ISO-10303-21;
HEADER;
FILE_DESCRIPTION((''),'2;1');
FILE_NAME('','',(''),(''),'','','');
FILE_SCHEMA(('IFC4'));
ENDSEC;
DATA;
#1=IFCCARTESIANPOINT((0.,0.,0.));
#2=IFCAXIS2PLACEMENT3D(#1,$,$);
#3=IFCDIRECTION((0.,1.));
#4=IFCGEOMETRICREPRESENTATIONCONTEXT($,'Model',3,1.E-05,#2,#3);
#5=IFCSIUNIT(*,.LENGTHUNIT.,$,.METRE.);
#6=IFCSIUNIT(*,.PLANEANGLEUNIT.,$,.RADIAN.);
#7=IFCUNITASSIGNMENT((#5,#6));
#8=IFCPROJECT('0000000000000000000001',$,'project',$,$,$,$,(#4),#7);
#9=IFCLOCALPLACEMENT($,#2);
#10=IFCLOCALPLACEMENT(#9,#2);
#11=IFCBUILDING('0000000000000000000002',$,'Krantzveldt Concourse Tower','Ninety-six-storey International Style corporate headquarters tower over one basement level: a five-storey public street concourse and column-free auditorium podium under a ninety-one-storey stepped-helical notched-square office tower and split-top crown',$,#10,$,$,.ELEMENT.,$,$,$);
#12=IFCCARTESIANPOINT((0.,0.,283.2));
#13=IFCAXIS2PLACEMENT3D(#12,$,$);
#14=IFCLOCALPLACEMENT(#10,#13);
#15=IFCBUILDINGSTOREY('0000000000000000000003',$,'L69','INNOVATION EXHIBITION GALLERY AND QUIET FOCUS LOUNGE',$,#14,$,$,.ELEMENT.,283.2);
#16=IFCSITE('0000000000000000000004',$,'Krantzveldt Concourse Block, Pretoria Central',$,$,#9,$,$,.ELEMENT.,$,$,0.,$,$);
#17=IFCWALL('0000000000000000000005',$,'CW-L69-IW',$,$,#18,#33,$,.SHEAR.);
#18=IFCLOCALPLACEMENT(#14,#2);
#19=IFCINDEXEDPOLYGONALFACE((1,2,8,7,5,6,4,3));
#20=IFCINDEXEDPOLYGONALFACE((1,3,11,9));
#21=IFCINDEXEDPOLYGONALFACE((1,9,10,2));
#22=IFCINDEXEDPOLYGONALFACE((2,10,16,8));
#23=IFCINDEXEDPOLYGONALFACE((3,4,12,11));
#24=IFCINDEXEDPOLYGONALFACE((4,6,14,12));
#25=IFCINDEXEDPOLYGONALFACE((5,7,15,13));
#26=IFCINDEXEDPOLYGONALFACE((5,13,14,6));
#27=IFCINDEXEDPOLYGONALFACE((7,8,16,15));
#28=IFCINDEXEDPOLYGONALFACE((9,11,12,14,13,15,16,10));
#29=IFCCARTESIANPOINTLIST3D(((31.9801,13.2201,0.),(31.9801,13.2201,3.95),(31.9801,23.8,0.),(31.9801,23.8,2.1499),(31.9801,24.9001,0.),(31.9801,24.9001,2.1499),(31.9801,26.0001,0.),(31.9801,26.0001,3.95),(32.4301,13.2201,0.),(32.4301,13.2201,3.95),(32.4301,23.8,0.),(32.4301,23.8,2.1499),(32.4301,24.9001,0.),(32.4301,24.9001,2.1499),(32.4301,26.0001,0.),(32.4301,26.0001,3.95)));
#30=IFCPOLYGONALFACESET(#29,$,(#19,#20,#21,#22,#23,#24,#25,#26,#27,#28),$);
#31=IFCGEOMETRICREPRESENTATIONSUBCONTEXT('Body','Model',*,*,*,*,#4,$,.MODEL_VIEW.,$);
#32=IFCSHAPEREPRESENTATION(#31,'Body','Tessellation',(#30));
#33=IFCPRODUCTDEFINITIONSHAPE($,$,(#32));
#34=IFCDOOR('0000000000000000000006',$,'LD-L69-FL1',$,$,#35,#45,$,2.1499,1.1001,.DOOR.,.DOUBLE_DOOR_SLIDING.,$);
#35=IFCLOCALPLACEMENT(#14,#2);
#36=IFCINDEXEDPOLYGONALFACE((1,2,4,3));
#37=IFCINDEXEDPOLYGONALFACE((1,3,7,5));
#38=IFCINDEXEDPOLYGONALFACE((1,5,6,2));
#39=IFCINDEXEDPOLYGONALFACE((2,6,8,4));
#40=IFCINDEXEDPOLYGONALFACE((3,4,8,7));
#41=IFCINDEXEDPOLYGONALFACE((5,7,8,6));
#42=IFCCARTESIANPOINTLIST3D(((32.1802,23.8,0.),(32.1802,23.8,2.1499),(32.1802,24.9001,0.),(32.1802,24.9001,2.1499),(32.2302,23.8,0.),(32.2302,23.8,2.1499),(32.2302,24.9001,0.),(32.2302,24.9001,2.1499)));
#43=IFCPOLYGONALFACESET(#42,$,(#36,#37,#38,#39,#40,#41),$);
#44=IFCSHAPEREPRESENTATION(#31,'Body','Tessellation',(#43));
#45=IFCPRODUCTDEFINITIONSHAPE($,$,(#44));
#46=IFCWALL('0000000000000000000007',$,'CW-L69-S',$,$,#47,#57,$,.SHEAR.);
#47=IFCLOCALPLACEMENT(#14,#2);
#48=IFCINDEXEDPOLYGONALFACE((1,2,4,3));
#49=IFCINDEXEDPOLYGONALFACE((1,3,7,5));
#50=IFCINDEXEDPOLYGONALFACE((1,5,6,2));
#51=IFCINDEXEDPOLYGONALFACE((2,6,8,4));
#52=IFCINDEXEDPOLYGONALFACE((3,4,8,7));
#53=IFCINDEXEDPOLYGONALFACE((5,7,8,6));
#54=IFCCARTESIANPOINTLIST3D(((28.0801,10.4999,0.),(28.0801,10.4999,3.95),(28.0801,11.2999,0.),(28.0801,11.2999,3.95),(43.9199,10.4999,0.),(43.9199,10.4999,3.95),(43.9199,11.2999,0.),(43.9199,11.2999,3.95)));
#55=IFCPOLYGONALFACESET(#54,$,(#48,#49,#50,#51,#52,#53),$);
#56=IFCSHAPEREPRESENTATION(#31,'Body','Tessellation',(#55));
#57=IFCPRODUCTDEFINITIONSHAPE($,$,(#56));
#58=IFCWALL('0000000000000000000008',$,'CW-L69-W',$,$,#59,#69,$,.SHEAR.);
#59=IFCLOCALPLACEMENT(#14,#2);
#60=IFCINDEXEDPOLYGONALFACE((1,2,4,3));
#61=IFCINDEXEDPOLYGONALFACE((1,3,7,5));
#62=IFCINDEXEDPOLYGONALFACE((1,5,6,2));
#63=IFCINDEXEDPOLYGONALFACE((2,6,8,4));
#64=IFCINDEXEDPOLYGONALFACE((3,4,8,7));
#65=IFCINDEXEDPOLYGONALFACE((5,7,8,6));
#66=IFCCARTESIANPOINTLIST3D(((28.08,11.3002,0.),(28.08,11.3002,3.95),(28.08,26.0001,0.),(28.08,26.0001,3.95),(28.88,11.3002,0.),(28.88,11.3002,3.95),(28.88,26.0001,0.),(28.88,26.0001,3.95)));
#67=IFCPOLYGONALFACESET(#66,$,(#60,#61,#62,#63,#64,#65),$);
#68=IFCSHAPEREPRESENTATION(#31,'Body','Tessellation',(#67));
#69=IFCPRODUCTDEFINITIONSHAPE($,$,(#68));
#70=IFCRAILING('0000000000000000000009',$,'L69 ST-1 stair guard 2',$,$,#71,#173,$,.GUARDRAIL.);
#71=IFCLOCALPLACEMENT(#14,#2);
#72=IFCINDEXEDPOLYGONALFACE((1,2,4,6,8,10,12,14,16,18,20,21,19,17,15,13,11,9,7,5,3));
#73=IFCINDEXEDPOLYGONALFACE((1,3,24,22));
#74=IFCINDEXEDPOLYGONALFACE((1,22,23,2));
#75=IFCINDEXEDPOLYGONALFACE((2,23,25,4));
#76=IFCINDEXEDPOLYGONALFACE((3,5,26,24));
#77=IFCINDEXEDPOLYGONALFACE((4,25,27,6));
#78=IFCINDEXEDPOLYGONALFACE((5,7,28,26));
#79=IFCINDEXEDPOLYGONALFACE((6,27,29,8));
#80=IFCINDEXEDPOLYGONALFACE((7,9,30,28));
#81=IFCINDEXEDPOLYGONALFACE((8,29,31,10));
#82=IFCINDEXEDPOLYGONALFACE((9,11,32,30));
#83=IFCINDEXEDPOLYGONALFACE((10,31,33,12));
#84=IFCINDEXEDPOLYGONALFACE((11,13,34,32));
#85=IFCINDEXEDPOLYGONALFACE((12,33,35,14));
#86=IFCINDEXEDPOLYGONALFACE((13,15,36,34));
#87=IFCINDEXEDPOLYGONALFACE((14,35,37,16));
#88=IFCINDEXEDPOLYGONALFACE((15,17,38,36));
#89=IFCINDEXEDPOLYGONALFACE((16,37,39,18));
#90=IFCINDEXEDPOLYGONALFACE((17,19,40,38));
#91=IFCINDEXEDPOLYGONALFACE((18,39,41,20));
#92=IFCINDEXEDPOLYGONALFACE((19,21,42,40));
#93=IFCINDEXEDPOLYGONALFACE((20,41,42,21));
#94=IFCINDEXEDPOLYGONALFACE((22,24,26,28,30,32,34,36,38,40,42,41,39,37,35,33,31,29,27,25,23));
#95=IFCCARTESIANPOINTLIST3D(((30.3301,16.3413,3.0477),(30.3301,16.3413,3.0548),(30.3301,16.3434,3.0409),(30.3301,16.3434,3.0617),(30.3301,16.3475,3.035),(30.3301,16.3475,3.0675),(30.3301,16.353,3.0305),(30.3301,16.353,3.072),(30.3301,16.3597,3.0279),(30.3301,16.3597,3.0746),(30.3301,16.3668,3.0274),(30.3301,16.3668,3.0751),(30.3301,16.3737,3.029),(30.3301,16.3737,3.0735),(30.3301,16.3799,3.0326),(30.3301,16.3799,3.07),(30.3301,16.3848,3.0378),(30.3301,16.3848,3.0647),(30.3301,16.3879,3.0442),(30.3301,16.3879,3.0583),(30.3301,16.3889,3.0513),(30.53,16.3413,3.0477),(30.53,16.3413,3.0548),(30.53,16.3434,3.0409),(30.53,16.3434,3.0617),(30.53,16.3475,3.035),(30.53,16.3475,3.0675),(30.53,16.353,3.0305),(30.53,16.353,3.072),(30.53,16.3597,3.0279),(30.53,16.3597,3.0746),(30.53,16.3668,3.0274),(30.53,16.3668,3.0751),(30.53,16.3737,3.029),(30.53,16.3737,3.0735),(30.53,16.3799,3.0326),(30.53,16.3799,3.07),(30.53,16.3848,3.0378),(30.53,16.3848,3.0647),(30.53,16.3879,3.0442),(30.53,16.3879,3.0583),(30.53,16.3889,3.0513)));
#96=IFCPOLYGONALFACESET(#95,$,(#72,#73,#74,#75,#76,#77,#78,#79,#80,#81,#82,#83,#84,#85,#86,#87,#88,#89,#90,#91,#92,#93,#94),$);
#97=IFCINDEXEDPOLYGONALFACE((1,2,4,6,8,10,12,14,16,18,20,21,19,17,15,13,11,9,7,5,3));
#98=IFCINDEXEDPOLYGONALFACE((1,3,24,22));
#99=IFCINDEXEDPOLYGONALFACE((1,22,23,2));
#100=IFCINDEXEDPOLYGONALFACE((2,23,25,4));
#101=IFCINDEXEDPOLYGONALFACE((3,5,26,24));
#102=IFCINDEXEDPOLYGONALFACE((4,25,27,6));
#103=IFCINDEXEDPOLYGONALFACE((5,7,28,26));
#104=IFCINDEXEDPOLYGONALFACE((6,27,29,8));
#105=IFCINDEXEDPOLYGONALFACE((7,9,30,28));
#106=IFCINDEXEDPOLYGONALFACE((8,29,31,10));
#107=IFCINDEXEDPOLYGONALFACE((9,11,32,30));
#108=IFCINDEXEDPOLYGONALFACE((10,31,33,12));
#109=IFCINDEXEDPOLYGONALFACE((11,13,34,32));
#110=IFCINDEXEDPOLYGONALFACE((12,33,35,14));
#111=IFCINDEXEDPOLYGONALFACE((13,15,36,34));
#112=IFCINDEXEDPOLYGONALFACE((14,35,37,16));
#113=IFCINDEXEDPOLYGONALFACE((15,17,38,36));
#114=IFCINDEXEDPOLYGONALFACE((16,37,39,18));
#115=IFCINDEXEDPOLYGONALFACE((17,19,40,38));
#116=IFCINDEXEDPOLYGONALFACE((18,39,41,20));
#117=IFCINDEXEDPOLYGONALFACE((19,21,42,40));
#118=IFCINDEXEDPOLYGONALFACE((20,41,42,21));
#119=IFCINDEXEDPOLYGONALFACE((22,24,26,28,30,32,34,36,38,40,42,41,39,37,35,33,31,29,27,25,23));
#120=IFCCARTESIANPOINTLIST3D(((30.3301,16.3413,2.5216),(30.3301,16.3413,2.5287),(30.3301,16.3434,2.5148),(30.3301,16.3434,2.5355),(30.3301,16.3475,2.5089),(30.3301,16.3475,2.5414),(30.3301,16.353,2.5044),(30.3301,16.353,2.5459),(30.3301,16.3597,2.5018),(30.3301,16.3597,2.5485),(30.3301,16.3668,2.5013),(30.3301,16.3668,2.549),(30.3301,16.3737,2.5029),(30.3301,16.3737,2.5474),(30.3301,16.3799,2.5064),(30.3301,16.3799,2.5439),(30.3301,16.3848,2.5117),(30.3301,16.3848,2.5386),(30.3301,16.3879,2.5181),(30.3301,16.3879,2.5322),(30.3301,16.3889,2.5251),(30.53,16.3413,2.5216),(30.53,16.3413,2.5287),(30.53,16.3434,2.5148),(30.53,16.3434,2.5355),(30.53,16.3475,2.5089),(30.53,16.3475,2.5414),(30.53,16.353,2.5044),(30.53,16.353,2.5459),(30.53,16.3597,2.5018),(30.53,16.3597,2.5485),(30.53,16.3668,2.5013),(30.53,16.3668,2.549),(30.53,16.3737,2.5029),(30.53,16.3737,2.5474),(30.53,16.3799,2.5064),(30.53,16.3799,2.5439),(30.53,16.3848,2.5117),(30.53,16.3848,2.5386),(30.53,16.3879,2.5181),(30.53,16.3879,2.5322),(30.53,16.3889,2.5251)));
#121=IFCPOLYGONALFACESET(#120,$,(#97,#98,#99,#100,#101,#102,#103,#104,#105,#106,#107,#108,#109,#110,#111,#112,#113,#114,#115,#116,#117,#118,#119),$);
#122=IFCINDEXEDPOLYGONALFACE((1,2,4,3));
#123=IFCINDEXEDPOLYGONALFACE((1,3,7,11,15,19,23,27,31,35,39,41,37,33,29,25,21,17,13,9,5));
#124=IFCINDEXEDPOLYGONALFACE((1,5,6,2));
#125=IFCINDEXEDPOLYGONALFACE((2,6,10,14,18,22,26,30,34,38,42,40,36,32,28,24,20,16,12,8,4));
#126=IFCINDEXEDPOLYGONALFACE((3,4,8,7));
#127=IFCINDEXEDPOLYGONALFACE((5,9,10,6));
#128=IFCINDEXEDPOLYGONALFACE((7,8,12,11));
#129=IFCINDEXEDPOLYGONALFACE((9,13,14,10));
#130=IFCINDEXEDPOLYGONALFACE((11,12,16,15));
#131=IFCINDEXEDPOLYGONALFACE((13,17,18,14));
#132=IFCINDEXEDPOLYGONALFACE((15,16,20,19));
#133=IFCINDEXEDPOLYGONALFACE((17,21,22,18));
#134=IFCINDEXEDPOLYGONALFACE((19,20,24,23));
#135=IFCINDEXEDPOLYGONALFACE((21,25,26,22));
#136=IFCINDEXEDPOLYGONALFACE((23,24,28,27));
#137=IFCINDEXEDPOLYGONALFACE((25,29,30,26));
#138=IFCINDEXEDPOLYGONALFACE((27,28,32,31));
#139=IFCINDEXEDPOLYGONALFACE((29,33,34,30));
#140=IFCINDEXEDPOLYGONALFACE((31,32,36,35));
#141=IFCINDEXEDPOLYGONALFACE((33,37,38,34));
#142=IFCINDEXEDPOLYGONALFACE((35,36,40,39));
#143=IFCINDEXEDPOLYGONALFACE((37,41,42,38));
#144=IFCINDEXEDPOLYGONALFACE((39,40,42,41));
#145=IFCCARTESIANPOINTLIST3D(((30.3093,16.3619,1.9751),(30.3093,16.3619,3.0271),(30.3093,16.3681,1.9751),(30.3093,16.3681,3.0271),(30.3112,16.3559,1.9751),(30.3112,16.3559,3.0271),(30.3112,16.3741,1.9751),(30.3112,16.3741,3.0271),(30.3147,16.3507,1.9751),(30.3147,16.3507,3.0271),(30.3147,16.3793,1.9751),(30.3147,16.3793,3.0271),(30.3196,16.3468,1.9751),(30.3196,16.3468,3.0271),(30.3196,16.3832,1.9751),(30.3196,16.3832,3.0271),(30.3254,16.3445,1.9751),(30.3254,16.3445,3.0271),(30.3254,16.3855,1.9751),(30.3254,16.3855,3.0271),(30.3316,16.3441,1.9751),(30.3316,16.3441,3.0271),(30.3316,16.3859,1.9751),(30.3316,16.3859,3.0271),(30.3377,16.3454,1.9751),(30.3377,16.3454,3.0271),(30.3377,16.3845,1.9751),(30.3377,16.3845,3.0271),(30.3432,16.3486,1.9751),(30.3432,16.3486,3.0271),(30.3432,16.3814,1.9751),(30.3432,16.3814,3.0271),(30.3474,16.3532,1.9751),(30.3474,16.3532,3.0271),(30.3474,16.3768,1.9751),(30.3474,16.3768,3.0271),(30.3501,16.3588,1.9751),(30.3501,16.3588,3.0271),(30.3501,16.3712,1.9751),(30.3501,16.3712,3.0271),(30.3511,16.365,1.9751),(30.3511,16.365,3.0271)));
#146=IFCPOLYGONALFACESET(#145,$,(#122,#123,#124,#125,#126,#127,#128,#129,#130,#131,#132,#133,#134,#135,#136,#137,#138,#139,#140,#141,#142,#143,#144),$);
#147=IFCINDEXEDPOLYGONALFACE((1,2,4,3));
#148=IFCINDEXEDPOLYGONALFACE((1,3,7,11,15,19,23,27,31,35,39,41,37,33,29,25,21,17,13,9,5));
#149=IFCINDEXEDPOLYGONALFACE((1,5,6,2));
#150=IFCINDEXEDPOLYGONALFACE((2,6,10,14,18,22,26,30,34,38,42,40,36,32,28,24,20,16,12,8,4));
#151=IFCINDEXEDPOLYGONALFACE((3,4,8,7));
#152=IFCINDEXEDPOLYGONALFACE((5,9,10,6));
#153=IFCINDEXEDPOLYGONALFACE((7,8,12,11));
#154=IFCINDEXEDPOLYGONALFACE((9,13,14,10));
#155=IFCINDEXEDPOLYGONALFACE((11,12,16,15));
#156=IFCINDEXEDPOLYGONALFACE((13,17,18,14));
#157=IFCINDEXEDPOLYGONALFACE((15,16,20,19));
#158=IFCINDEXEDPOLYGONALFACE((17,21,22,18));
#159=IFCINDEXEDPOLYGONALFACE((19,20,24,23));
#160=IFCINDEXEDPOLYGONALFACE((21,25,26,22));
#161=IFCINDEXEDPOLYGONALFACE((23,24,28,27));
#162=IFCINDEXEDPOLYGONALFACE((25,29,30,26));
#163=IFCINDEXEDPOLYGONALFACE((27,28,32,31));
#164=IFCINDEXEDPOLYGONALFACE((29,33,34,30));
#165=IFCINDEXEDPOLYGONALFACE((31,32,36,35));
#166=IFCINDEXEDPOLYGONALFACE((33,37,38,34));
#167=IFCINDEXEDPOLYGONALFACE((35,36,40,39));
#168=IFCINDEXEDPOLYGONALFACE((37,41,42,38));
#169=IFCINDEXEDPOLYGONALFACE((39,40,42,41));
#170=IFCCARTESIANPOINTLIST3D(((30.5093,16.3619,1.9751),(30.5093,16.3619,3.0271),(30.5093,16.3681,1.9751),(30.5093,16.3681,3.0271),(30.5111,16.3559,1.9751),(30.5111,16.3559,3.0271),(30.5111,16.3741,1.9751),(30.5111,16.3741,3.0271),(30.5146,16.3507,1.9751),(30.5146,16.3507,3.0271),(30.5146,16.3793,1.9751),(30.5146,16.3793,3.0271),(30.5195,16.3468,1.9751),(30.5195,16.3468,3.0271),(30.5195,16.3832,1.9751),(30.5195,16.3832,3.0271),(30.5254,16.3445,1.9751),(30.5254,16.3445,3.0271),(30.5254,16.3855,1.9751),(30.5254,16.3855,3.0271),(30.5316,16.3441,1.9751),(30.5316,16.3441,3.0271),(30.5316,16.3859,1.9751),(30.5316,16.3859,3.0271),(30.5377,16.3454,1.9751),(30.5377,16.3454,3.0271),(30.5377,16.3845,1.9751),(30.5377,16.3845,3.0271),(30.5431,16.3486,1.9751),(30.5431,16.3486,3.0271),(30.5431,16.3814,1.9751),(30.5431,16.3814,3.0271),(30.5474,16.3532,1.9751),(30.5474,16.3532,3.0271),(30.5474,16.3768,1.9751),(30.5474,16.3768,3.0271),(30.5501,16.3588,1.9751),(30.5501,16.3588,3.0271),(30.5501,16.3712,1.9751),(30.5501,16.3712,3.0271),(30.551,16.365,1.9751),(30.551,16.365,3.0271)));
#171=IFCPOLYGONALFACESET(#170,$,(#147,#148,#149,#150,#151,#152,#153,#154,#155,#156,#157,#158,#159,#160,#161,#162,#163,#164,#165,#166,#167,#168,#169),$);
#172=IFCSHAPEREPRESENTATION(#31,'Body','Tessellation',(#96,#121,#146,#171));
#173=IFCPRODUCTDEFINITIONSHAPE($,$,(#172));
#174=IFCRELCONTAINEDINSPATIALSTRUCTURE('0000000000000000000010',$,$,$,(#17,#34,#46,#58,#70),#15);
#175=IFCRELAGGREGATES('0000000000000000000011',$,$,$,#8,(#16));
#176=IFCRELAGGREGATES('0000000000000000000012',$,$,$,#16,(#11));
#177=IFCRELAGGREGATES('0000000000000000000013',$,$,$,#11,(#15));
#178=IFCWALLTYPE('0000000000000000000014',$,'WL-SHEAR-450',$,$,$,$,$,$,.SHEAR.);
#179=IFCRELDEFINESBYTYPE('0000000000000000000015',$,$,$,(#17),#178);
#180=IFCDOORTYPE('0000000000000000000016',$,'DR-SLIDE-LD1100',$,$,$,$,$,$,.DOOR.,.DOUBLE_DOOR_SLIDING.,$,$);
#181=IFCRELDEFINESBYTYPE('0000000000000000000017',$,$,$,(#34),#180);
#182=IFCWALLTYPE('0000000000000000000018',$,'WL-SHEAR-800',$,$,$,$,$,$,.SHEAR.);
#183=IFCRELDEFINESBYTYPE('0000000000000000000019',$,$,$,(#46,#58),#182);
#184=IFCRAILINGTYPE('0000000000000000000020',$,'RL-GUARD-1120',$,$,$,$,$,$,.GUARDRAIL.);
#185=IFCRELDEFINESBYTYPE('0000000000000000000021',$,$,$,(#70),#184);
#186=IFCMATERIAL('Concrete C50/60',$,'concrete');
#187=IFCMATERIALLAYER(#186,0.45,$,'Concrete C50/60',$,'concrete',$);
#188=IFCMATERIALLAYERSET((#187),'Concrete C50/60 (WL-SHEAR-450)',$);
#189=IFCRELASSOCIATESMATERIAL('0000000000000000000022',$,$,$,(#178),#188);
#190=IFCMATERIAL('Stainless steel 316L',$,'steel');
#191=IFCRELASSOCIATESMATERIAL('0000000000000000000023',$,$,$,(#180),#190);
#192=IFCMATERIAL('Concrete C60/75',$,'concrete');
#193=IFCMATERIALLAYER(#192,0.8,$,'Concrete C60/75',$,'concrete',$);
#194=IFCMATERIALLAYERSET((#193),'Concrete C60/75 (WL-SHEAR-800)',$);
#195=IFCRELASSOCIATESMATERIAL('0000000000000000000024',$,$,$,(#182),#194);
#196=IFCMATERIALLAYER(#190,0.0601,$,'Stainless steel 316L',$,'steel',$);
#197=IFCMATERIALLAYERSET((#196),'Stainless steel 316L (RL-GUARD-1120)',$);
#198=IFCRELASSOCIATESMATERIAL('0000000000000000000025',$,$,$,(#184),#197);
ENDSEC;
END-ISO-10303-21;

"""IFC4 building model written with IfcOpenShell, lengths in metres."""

from ifc_helpers import new_model, si_unit, direction, frame, frame_2d, origin, origin_2d, place, context, subcontext, project, spatial, rectangle, circle, extrude, material, layer, layer_set, type_object, element, fill, save


model = new_model("IFC4")

# Units and contexts
model_context = context("Model", 3, precision=1e-05, world=origin(), true_north=direction((0.0, 1.0)))
body_context = subcontext(model_context, "Body", "Model", "MODEL_VIEW")
ifc_project = project(units=[si_unit("LENGTHUNIT", "METRE"), si_unit("PLANEANGLEUNIT", "RADIAN")], contexts=[model_context])

# Site, building, storey
site_placement = place(None, origin())
site = spatial("IfcSite", under=ifc_project, at=site_placement, Name="Krantzveldt Concourse Block, Pretoria Central", CompositionType="ELEMENT", RefElevation=0.0)
building_placement = place(site_placement, origin())
building = spatial("IfcBuilding", under=site, at=building_placement, Name="Krantzveldt Concourse Tower", Description="Ninety-six-storey International Style corporate headquarters tower over one basement level: a five-storey public street concourse and column-free auditorium podium under a ninety-one-storey stepped-helical notched-square office tower and split-top crown", CompositionType="ELEMENT")
storey_placement = place(building_placement, frame((0.0, 0.0, 283.2)))
storey = spatial("IfcBuildingStorey", under=building, at=storey_placement, Name="L69", Description="INNOVATION EXHIBITION GALLERY AND QUIET FOCUS LOUNGE", CompositionType="ELEMENT", Elevation=283.2)

# Shared definitions
ifc_material_1 = material(Name="Concrete C50/60", Category="concrete")

# Wall, opening, door
ifc_layer_1 = layer(ifc_material_1, 0.45, Name="Concrete C50/60", Category="concrete")
ifc_layer_set_1 = layer_set([ifc_layer_1], Name="Concrete C50/60 (WL-SHEAR-450)")
wall_type_1 = type_object("IfcWallType", Name="WL-SHEAR-450", PredefinedType="SHEAR", material=ifc_layer_set_1)
wall_1_placement = place(storey_placement, frame((32.2051, 13.22, 0.0), z_axis=(0.0, 0.0, 1.0), x_axis=(0.0, 1.0, 0.0)))
wall_1 = element("IfcWall", 1, at=wall_1_placement, inside=storey, type_object=wall_type_1, Name="CW-L69-IW", PredefinedType="SHEAR", context=body_context, shape_type="SweptSolid", body=[
    extrude(rectangle(XDim=12.78, YDim=0.45, at=frame_2d((6.3901, 0.0))), origin(), (0.0, 0.0, 1.0), 3.95),
])
opening_1_placement = place(wall_1_placement, frame((10.5801, 0.0, 0.0)))
opening_1 = element("IfcOpeningElement", 2, at=opening_1_placement, cuts=wall_1, PredefinedType="OPENING", context=body_context, shape_type="SweptSolid", body=[
    extrude(rectangle(XDim=1.1001, YDim=2.1499, at=frame_2d((0.55, 1.075))), frame((0.0, 0.2349, 0.0), z_axis=(0.0, -1.0, 0.0), x_axis=(1.0, 0.0, 0.0)), (0.0, 0.0, 1.0), 0.47),
])
ifc_material_2 = material(Name="Stainless steel 316L", Category="steel")
door_type_1 = type_object("IfcDoorType", Name="DR-SLIDE-LD1100", OperationType="DOUBLE_DOOR_SLIDING", PredefinedType="DOOR", material=ifc_material_2)
door_1_placement = place(opening_1_placement, origin())
door_1 = element("IfcDoor", 3, at=door_1_placement, inside=storey, type_object=door_type_1, Name="LD-L69-FL1", OperationType="DOUBLE_DOOR_SLIDING", OverallHeight=2.1499, OverallWidth=1.1001, PredefinedType="DOOR", context=body_context, shape_type="SweptSolid", body=[
    extrude(rectangle(XDim=1.1001, YDim=2.1499, at=frame_2d((0.55, 1.075))), frame((0.0, 0.0249, 0.0), z_axis=(0.0, -1.0, 0.0), x_axis=(1.0, 0.0, 0.0)), (0.0, 0.0, 1.0), 0.05),
])
fill(opening_1, door_1)

# Walls
ifc_material_3 = material(Name="Concrete C60/75", Category="concrete")
ifc_layer_2 = layer(ifc_material_3, 0.8, Name="Concrete C60/75", Category="concrete")
ifc_layer_set_2 = layer_set([ifc_layer_2], Name="Concrete C60/75 (WL-SHEAR-800)")
wall_type_2 = type_object("IfcWallType", Name="WL-SHEAR-800", PredefinedType="SHEAR", material=ifc_layer_set_2)
wall_2_placement = place(storey_placement, frame((28.0801, 10.8999, 0.0), z_axis=(0.0, 0.0, 1.0), x_axis=(1.0, 0.0, 0.0)))
element("IfcWall", 4, at=wall_2_placement, inside=storey, type_object=wall_type_2, Name="CW-L69-S", PredefinedType="SHEAR", context=body_context, shape_type="SweptSolid", body=[
    extrude(rectangle(XDim=15.8398, YDim=0.8, at=frame_2d((7.9199, 0.0))), origin(), (0.0, 0.0, 1.0), 3.95),
])
wall_3_placement = place(storey_placement, frame((28.48, 11.3, 0.0), z_axis=(0.0, 0.0, 1.0), x_axis=(0.0, 1.0, 0.0)))
element("IfcWall", 5, at=wall_3_placement, inside=storey, type_object=wall_type_2, Name="CW-L69-W", PredefinedType="SHEAR", context=body_context, shape_type="SweptSolid", body=[
    extrude(rectangle(XDim=14.7, YDim=0.8, at=frame_2d((7.3501, 0.0))), origin(), (0.0, 0.0, 1.0), 3.95),
])

# Railing
ifc_layer_3 = layer(ifc_material_2, 0.0601, Name="Stainless steel 316L", Category="steel")
ifc_layer_set_3 = layer_set([ifc_layer_3], Name="Stainless steel 316L (RL-GUARD-1120)")
railing_type = type_object("IfcRailingType", Name="RL-GUARD-1120", PredefinedType="GUARDRAIL", material=ifc_layer_set_3)
railing_placement = place(storey_placement, frame((30.3301, 16.365, 1.9751)))
element("IfcRailing", 6, at=railing_placement, inside=storey, type_object=railing_type, Name="L69 ST-1 stair guard 2", PredefinedType="GUARDRAIL", context=body_context, shape_type="SweptSolid", body=[
    extrude(circle(Radius=0.0239, at=origin_2d()), frame((0.0, 0.0, 1.0762), z_axis=(1.0, 0.0, 0.0), x_axis=(0.0, 1.0, 0.0)), (0.0, 0.0, 1.0), 0.2),
    extrude(circle(Radius=0.0239, at=origin_2d()), frame((0.0, 0.0, 0.55), z_axis=(1.0, 0.0, 0.0), x_axis=(0.0, 1.0, 0.0)), (0.0, 0.0, 1.0), 0.2),
    extrude(circle(Radius=0.021, at=origin_2d()), origin(), (0.0, 0.0, 1.0), 1.052),
    extrude(circle(Radius=0.021, at=origin_2d()), frame((0.2, 0.0, 0.0)), (0.0, 0.0, 1.0), 1.052),
])

save(model, "model.ifc")
